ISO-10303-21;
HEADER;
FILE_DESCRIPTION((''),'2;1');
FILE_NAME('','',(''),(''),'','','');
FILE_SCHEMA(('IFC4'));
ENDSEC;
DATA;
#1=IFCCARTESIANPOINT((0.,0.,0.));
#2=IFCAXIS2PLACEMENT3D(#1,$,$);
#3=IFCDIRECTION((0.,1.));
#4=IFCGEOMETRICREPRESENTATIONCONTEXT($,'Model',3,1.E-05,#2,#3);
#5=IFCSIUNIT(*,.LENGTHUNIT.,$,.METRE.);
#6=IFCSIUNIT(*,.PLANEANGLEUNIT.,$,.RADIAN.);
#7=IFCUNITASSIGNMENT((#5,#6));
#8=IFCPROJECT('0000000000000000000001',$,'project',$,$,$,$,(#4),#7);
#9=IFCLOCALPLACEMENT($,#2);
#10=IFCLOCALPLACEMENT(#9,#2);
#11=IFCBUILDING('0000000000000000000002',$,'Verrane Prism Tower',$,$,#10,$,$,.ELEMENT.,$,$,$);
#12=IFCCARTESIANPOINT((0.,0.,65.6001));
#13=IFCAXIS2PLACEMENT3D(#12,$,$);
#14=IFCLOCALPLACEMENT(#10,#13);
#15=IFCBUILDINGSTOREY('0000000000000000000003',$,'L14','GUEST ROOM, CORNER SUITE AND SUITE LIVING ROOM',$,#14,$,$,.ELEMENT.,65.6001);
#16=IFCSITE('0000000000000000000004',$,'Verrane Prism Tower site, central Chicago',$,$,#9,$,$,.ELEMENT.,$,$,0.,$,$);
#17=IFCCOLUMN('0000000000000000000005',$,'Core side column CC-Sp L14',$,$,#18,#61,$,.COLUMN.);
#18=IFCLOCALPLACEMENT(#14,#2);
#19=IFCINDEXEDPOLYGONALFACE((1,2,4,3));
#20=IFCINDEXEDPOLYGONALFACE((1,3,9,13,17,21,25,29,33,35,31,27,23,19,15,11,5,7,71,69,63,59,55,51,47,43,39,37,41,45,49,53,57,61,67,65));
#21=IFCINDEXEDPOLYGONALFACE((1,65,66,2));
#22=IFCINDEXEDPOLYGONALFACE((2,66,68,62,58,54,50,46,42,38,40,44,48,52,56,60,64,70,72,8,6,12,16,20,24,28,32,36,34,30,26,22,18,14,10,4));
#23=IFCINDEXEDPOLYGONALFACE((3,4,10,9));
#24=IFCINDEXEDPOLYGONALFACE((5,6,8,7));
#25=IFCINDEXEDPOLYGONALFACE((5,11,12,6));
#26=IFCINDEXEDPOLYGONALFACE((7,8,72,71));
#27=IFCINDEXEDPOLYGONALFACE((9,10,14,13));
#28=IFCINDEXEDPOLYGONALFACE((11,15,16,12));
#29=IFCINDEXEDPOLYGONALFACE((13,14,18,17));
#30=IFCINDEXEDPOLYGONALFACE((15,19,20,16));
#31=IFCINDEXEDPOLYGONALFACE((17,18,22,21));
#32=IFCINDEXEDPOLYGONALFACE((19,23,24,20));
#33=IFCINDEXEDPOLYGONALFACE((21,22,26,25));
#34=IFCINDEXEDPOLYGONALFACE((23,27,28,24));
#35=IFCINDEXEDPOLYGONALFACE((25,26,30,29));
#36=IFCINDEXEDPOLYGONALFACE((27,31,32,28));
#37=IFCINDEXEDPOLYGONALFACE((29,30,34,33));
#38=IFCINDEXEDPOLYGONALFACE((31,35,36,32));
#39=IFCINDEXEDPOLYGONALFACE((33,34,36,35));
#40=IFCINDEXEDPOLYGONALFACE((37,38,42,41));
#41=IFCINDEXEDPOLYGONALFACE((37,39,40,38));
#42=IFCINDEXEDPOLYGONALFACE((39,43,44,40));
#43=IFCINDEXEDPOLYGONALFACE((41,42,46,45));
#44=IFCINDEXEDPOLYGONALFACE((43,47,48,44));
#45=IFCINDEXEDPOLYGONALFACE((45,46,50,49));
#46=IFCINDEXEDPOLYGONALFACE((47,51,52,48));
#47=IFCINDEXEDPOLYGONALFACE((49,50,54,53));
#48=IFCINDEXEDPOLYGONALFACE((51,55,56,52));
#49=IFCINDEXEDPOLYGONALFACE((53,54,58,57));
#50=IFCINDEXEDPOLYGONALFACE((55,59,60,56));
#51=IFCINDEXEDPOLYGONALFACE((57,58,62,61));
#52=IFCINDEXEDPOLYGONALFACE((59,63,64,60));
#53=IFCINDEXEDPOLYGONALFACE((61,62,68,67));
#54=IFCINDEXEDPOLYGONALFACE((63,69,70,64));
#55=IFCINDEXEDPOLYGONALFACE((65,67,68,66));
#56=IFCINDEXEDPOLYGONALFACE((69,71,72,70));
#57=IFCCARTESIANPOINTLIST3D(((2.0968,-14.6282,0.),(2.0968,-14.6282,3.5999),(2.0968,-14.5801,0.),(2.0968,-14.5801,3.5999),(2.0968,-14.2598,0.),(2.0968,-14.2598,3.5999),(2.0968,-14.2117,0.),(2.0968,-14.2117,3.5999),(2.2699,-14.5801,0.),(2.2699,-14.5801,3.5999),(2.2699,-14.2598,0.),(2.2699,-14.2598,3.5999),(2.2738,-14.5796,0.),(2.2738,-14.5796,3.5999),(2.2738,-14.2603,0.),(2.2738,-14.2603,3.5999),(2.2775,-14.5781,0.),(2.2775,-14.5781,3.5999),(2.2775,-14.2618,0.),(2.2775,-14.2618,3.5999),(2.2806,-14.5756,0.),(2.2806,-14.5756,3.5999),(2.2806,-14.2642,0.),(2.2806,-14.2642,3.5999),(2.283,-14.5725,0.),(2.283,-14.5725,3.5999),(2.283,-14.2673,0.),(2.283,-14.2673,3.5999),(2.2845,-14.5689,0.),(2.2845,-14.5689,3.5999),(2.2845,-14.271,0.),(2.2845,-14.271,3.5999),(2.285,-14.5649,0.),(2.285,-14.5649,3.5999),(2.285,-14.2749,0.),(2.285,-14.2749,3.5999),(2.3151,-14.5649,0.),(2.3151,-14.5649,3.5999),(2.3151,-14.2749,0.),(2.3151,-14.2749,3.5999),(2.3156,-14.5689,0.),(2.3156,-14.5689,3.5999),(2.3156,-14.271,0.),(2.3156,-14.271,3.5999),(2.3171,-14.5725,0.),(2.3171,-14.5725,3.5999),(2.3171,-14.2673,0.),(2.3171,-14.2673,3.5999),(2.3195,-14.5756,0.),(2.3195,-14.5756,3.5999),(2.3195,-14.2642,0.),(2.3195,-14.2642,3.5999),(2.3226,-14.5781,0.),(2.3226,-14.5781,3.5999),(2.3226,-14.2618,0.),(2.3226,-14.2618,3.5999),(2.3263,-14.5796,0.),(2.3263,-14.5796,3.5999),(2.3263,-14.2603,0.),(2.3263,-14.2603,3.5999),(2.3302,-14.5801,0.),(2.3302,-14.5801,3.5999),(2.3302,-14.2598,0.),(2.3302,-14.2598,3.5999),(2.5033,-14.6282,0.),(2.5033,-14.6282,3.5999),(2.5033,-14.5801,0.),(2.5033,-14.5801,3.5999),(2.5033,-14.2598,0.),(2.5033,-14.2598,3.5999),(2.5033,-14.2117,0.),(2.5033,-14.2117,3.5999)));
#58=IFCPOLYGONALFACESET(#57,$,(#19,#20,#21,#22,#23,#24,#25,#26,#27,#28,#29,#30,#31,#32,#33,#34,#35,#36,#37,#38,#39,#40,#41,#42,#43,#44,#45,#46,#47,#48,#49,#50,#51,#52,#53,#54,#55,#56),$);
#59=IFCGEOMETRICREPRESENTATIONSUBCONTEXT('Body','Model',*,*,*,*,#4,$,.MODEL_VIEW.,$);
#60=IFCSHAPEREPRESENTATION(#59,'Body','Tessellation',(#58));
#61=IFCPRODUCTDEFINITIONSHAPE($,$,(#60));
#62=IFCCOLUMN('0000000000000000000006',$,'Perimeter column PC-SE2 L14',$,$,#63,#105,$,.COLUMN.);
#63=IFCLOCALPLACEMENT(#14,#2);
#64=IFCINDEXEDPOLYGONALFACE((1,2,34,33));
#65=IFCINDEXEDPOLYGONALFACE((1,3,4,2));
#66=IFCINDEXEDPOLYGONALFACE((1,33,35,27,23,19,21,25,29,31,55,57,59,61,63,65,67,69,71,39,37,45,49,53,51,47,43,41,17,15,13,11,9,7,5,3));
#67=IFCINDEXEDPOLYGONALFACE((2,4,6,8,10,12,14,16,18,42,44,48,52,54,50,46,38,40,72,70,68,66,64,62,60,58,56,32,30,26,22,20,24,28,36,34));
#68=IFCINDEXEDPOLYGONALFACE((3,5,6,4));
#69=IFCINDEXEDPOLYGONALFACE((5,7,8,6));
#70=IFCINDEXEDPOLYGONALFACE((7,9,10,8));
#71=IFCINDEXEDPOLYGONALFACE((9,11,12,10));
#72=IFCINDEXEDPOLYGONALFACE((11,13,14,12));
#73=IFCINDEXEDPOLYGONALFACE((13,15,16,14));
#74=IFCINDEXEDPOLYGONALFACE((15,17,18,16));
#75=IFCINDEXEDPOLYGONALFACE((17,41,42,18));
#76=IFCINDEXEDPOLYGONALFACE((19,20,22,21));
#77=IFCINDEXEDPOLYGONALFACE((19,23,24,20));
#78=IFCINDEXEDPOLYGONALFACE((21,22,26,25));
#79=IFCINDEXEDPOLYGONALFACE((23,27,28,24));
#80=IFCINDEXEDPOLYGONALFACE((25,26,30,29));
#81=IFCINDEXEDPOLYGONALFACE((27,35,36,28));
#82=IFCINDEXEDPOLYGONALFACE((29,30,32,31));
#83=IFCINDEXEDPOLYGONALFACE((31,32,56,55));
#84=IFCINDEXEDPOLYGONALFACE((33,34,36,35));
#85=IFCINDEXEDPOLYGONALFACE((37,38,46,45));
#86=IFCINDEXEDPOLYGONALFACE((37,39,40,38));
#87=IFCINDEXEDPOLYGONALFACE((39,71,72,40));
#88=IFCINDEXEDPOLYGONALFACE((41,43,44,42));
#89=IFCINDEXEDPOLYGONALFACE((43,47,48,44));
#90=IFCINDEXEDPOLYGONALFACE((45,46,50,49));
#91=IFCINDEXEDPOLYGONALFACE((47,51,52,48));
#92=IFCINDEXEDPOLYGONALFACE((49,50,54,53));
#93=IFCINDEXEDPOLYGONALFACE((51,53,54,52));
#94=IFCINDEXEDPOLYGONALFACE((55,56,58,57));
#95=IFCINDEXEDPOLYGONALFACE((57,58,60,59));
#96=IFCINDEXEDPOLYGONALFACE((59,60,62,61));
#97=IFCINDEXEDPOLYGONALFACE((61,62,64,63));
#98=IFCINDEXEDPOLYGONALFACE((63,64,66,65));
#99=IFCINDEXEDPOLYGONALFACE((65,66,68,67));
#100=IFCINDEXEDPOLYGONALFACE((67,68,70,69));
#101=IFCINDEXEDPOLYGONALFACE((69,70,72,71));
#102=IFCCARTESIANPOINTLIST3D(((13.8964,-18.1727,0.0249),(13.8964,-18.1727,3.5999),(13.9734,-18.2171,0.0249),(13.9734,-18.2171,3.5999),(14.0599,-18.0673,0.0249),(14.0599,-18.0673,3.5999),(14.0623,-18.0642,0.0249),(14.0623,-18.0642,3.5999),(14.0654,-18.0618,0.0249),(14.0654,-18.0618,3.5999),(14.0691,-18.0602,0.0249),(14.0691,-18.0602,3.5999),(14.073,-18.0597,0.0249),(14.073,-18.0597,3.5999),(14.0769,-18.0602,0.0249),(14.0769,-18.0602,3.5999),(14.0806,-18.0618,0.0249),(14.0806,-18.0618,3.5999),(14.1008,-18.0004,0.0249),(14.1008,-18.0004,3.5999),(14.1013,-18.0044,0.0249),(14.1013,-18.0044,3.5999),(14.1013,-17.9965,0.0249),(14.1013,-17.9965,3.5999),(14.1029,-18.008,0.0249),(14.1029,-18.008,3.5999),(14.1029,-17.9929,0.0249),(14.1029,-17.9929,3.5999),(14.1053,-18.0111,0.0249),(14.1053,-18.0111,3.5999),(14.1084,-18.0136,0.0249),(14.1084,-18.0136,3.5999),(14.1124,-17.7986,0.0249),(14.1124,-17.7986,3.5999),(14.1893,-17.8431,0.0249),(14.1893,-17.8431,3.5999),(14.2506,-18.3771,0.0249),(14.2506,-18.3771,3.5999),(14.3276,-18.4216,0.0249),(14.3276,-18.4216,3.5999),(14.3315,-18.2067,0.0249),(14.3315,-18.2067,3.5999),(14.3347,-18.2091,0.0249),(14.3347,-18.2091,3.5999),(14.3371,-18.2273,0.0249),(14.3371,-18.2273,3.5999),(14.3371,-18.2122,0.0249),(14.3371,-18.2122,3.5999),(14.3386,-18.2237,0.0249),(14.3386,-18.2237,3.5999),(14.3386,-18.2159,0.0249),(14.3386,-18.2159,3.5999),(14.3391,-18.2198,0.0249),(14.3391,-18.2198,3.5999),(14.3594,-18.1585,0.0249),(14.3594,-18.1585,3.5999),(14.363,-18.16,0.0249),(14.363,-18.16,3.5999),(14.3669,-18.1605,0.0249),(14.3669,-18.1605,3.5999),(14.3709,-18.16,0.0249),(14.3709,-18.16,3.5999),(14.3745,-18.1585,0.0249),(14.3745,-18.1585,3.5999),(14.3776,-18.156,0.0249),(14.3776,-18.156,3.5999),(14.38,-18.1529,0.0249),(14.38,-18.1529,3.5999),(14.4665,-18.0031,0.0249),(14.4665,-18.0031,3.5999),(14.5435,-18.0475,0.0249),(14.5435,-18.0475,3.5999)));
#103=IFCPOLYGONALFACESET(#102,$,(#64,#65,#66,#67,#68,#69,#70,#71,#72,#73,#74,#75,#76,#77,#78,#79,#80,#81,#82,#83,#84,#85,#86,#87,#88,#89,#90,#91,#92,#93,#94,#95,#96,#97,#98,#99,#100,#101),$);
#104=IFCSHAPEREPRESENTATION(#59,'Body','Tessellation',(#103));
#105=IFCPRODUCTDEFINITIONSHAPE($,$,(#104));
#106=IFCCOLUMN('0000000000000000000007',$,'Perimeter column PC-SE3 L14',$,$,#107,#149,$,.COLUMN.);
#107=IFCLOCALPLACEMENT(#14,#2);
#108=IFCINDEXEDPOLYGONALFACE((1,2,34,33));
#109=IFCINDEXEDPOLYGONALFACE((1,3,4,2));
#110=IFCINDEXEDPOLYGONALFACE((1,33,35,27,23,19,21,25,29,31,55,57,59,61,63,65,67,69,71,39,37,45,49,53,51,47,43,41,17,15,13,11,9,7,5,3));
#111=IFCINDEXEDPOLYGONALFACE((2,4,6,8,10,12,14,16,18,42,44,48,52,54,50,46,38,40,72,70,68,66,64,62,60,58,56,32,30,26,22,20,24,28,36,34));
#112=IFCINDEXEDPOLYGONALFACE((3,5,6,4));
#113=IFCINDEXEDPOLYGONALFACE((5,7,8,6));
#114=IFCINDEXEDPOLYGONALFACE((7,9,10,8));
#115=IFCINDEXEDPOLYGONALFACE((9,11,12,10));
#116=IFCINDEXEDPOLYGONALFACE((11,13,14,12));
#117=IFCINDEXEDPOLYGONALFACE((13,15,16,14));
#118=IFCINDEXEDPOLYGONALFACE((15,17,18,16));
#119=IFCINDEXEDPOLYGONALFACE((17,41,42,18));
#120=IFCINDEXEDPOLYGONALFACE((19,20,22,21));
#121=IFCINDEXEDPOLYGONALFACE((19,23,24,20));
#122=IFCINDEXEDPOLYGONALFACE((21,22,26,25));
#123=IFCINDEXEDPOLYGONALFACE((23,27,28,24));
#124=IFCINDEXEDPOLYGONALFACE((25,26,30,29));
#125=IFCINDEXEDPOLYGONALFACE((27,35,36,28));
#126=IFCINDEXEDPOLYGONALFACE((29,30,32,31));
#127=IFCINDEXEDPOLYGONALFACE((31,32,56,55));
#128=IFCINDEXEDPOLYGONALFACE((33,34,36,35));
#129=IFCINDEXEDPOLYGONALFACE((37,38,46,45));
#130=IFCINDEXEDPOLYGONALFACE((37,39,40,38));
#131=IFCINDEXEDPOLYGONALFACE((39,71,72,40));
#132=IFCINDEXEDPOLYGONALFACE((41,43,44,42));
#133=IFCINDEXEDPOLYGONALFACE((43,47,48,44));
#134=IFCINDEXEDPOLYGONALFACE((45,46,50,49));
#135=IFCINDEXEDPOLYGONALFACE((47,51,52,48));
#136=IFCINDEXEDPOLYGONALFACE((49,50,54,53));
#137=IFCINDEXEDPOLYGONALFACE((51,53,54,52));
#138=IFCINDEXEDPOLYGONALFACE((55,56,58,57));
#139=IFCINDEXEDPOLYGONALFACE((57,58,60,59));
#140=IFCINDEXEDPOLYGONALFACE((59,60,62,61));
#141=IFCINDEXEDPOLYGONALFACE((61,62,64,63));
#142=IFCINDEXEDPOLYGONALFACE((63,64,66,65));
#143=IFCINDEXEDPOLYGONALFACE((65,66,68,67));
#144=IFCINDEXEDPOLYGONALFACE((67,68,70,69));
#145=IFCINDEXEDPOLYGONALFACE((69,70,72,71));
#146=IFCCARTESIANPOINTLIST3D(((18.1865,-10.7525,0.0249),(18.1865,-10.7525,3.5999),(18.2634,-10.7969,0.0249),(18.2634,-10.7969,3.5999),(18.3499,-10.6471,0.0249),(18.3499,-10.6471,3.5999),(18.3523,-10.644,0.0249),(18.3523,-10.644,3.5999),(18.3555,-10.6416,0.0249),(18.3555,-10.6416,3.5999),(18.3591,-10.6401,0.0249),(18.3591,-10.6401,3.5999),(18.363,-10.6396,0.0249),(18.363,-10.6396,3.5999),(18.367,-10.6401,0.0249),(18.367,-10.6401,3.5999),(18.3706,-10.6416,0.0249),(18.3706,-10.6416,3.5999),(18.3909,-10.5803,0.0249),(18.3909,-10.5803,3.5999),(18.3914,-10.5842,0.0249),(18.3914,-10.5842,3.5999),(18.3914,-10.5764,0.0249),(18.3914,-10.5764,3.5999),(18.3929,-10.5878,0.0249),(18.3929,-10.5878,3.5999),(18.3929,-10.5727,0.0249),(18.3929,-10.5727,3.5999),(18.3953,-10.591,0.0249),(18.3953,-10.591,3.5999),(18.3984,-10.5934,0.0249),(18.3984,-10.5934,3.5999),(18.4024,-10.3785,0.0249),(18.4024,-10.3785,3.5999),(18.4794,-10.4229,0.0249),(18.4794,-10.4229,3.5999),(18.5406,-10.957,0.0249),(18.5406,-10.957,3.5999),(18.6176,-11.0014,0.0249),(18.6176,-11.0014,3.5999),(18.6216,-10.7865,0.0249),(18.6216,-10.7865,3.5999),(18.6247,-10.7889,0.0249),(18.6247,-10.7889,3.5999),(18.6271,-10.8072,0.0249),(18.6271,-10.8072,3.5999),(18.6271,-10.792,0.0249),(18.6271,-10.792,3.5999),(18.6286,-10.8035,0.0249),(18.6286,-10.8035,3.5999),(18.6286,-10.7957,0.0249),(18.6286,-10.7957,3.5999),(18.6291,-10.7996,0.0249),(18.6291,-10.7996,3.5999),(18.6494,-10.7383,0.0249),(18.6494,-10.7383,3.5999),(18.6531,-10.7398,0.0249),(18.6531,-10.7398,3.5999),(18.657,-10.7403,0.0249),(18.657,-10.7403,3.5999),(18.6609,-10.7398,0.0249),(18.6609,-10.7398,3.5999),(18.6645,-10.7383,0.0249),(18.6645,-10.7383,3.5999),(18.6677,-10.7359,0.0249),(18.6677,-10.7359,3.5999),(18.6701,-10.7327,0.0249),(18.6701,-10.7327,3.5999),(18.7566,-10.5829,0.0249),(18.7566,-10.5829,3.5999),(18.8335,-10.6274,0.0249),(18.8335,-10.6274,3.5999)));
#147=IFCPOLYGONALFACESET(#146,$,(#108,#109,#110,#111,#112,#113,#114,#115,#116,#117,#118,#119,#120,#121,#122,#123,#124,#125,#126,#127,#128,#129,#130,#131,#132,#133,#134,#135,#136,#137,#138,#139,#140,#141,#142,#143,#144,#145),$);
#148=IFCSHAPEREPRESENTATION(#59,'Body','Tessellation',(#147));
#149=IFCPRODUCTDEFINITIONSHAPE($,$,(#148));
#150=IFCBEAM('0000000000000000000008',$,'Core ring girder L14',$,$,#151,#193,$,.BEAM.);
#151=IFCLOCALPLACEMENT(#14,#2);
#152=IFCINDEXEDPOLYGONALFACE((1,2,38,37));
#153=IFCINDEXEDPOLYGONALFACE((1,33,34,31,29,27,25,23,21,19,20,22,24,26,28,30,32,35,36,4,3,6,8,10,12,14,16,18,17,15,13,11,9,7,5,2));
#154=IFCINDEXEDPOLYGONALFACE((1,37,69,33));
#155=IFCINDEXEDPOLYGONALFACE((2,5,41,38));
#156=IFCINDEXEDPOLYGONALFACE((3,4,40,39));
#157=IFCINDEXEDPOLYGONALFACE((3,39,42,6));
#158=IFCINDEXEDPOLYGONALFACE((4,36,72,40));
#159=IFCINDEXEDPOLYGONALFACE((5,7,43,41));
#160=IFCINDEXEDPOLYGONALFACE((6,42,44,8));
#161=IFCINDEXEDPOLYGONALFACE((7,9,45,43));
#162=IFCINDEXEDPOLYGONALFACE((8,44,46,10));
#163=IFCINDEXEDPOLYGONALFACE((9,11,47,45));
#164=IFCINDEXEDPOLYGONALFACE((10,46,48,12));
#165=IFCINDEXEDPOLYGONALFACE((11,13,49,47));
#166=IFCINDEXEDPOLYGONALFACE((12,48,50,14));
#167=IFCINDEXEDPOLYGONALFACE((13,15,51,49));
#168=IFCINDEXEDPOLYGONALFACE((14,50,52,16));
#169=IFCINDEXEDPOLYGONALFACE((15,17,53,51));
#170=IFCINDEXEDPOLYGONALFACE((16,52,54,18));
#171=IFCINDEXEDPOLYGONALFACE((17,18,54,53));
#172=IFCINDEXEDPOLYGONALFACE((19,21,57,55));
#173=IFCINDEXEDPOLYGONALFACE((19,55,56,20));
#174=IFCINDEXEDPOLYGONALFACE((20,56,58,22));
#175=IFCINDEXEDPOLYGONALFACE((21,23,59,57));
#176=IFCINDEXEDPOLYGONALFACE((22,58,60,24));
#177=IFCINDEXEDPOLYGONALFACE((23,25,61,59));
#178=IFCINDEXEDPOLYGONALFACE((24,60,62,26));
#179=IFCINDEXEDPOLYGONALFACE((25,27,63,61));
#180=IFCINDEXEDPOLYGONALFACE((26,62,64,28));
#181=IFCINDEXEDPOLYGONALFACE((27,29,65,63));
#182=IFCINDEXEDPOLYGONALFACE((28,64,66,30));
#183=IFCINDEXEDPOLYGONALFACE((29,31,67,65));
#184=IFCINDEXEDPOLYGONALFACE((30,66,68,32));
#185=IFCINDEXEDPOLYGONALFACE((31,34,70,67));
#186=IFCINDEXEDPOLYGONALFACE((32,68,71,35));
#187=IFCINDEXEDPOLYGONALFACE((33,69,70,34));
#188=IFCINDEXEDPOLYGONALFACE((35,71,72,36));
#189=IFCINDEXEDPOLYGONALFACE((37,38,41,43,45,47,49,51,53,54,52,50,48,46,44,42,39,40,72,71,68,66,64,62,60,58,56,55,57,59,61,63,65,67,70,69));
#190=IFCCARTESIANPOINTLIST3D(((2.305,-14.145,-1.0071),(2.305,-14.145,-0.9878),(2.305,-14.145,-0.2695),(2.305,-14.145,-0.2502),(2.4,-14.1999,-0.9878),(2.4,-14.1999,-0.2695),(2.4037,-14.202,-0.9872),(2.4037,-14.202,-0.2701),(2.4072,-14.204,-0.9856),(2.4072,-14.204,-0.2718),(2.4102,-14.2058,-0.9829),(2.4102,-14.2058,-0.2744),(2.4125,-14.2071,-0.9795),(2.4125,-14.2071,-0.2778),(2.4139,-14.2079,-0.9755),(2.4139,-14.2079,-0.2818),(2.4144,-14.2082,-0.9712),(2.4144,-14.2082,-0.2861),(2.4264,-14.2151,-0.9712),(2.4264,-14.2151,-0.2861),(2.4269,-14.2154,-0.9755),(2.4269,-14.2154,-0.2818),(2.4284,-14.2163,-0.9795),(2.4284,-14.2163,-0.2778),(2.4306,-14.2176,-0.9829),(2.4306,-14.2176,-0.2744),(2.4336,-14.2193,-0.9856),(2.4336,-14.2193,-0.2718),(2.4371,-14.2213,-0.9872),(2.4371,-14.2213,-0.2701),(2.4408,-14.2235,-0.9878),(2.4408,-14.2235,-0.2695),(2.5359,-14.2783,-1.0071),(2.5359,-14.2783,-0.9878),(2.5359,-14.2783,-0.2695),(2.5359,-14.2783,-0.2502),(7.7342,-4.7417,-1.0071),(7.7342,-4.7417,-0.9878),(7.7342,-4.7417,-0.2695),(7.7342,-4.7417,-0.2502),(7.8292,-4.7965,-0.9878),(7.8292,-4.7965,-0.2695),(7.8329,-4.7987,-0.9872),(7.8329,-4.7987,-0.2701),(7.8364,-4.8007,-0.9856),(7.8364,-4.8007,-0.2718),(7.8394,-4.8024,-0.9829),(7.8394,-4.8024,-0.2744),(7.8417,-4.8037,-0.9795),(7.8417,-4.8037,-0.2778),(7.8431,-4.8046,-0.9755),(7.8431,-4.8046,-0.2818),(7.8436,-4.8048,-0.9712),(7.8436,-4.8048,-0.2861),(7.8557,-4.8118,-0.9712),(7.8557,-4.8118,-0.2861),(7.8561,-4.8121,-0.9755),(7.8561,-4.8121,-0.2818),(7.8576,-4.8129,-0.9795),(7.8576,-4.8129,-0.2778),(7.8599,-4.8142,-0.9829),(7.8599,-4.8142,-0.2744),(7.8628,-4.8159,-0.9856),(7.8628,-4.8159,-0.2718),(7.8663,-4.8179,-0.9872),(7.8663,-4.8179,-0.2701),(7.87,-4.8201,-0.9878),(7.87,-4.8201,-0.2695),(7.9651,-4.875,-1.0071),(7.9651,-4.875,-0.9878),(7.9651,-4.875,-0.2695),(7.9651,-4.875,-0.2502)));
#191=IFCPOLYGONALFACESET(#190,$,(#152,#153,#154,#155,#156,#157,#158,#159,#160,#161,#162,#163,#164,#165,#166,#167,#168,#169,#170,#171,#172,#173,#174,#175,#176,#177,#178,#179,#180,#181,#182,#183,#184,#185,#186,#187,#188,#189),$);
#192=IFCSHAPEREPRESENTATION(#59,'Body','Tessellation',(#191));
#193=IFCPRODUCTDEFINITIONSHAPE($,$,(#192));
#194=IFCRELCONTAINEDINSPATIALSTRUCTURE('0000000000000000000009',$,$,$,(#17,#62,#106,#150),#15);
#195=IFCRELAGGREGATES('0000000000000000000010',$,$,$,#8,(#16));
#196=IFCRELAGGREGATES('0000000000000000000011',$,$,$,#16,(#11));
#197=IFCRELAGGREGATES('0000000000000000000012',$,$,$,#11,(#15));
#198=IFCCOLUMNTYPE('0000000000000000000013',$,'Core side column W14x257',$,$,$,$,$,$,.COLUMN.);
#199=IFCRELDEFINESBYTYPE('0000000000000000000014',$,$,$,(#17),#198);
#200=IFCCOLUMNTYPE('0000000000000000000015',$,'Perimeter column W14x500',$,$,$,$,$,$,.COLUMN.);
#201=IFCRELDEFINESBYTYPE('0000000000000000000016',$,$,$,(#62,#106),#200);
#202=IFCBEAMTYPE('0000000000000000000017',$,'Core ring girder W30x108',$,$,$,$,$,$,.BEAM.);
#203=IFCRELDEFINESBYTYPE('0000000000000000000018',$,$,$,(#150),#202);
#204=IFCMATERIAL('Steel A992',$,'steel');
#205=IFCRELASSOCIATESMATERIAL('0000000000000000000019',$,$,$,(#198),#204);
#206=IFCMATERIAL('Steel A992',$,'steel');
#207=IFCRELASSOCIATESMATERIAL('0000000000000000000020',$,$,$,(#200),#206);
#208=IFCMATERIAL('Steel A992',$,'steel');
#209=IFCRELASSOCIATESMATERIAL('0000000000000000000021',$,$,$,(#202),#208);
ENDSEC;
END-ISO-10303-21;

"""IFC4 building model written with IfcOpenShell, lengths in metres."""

from ifc_helpers import new_model, si_unit, direction, frame, origin, origin_2d, place, context, subcontext, project, spatial, i_section, extrude, material, material_profile, profile_set, type_object, element, save


model = new_model("IFC4")

# Units and contexts
model_context = context("Model", 3, precision=1e-05, world=origin(), true_north=direction((0.0, 1.0)))
body_context = subcontext(model_context, "Body", "Model", "MODEL_VIEW")
ifc_project = project(units=[si_unit("LENGTHUNIT", "METRE"), si_unit("PLANEANGLEUNIT", "RADIAN")], contexts=[model_context])

# Site, building, storey
site_placement = place(None, origin())
site = spatial("IfcSite", under=ifc_project, at=site_placement, Name="Verrane Prism Tower site, central Chicago", CompositionType="ELEMENT", RefElevation=0.0)
building_placement = place(site_placement, origin())
building = spatial("IfcBuilding", under=site, at=building_placement, Name="Verrane Prism Tower", CompositionType="ELEMENT")
storey_placement = place(building_placement, frame((0.0, 0.0, 65.6001)))
storey = spatial("IfcBuildingStorey", under=building, at=storey_placement, Name="L14", Description="GUEST ROOM, CORNER SUITE AND SUITE LIVING ROOM", CompositionType="ELEMENT", Elevation=65.6001)

# Columns
ifc_material_1 = material(Name="Steel A992", Category="steel")
ifc_material_profile_1 = material_profile(ifc_material_1, i_section(OverallWidth=0.4065, OverallDepth=0.4165, WebThickness=0.03, FlangeThickness=0.0481, FilletRadius=0.0151, at=origin_2d()), Name="W14x257")
ifc_profile_set_1 = profile_set([ifc_material_profile_1], Name="Steel A992")
column_type_1 = type_object("IfcColumnType", Name="Core side column W14x257", PredefinedType="COLUMN", material=ifc_profile_set_1)
column_placement = place(storey_placement, frame((2.3, -14.4199, 0.0), z_axis=(0.0, 0.0, 1.0), x_axis=(1.0, 0.0, 0.0)))
element("IfcColumn", 1, at=column_placement, inside=storey, type_object=column_type_1, Name="Core side column CC-Sp L14", PredefinedType="COLUMN", context=body_context, shape_type="SweptSolid", body=[
    extrude(i_section(OverallWidth=0.4065, OverallDepth=0.4165, WebThickness=0.03, FlangeThickness=0.0481, FilletRadius=0.0151, at=origin_2d()), origin(), (0.0, 0.0, 1.0), 3.5999),
])
ifc_material_2 = material(Name="Steel A992", Category="steel")
ifc_material_profile_2 = material_profile(ifc_material_2, i_section(OverallWidth=0.4319, OverallDepth=0.4978, WebThickness=0.0557, FlangeThickness=0.0889, FilletRadius=0.0151, at=origin_2d()), Name="W14x500")
ifc_profile_set_2 = profile_set([ifc_material_profile_2], Name="Steel A992")
column_type_2 = type_object("IfcColumnType", Name="Perimeter column W14x500", PredefinedType="COLUMN", material=ifc_profile_set_2)
for number, where, z_axis, x_axis, name in (
    (2, (14.22, -18.1101, 0.0249), (0.0, 0.0, 1.0), (-0.5, -0.866025, 0.0), "Perimeter column PC-SE2 L14"),
    (3, (18.51, -10.6899, 0.0249), (0.0, 0.0, 1.0), (-0.5, -0.866025, 0.0), "Perimeter column PC-SE3 L14"),
):
    element("IfcColumn", number, at=place(storey_placement, frame(where, z_axis=z_axis, x_axis=x_axis)), inside=storey, type_object=column_type_2, Name=name, PredefinedType="COLUMN", context=body_context, shape_type="SweptSolid", body=[
        extrude(i_section(OverallWidth=0.4319, OverallDepth=0.4978, WebThickness=0.0557, FlangeThickness=0.0889, FilletRadius=0.0151, at=origin_2d()), origin(), (0.0, 0.0, 1.0), 3.575),
    ])

# Beam
ifc_material_3 = material(Name="Steel A992", Category="steel")
ifc_material_profile_3 = material_profile(ifc_material_3, i_section(OverallWidth=0.2666, OverallDepth=0.7568, WebThickness=0.0139, FlangeThickness=0.0193, FilletRadius=0.0166, at=origin_2d()), Name="W30x108")
ifc_profile_set_3 = profile_set([ifc_material_profile_3], Name="Steel A992")
beam_type_1 = type_object("IfcBeamType", Name="Core ring girder W30x108", PredefinedType="BEAM", material=ifc_profile_set_3)
beam_1_placement = place(storey_placement, frame((2.4204, -14.2117, -0.6287), z_axis=(0.500013, 0.866018, 0.0), x_axis=(-0.866018, 0.500013, 0.0)))
element("IfcBeam", 4, at=beam_1_placement, inside=storey, type_object=beam_type_1, Name="Core ring girder L14", PredefinedType="BEAM", context=body_context, shape_type="SweptSolid", body=[
    extrude(i_section(OverallWidth=0.2666, OverallDepth=0.7568, WebThickness=0.0139, FlangeThickness=0.0193, FilletRadius=0.0166, at=origin_2d()), origin(), (0.0, 0.0, 1.0), 10.8582),
])

save(model, "model.ifc")
